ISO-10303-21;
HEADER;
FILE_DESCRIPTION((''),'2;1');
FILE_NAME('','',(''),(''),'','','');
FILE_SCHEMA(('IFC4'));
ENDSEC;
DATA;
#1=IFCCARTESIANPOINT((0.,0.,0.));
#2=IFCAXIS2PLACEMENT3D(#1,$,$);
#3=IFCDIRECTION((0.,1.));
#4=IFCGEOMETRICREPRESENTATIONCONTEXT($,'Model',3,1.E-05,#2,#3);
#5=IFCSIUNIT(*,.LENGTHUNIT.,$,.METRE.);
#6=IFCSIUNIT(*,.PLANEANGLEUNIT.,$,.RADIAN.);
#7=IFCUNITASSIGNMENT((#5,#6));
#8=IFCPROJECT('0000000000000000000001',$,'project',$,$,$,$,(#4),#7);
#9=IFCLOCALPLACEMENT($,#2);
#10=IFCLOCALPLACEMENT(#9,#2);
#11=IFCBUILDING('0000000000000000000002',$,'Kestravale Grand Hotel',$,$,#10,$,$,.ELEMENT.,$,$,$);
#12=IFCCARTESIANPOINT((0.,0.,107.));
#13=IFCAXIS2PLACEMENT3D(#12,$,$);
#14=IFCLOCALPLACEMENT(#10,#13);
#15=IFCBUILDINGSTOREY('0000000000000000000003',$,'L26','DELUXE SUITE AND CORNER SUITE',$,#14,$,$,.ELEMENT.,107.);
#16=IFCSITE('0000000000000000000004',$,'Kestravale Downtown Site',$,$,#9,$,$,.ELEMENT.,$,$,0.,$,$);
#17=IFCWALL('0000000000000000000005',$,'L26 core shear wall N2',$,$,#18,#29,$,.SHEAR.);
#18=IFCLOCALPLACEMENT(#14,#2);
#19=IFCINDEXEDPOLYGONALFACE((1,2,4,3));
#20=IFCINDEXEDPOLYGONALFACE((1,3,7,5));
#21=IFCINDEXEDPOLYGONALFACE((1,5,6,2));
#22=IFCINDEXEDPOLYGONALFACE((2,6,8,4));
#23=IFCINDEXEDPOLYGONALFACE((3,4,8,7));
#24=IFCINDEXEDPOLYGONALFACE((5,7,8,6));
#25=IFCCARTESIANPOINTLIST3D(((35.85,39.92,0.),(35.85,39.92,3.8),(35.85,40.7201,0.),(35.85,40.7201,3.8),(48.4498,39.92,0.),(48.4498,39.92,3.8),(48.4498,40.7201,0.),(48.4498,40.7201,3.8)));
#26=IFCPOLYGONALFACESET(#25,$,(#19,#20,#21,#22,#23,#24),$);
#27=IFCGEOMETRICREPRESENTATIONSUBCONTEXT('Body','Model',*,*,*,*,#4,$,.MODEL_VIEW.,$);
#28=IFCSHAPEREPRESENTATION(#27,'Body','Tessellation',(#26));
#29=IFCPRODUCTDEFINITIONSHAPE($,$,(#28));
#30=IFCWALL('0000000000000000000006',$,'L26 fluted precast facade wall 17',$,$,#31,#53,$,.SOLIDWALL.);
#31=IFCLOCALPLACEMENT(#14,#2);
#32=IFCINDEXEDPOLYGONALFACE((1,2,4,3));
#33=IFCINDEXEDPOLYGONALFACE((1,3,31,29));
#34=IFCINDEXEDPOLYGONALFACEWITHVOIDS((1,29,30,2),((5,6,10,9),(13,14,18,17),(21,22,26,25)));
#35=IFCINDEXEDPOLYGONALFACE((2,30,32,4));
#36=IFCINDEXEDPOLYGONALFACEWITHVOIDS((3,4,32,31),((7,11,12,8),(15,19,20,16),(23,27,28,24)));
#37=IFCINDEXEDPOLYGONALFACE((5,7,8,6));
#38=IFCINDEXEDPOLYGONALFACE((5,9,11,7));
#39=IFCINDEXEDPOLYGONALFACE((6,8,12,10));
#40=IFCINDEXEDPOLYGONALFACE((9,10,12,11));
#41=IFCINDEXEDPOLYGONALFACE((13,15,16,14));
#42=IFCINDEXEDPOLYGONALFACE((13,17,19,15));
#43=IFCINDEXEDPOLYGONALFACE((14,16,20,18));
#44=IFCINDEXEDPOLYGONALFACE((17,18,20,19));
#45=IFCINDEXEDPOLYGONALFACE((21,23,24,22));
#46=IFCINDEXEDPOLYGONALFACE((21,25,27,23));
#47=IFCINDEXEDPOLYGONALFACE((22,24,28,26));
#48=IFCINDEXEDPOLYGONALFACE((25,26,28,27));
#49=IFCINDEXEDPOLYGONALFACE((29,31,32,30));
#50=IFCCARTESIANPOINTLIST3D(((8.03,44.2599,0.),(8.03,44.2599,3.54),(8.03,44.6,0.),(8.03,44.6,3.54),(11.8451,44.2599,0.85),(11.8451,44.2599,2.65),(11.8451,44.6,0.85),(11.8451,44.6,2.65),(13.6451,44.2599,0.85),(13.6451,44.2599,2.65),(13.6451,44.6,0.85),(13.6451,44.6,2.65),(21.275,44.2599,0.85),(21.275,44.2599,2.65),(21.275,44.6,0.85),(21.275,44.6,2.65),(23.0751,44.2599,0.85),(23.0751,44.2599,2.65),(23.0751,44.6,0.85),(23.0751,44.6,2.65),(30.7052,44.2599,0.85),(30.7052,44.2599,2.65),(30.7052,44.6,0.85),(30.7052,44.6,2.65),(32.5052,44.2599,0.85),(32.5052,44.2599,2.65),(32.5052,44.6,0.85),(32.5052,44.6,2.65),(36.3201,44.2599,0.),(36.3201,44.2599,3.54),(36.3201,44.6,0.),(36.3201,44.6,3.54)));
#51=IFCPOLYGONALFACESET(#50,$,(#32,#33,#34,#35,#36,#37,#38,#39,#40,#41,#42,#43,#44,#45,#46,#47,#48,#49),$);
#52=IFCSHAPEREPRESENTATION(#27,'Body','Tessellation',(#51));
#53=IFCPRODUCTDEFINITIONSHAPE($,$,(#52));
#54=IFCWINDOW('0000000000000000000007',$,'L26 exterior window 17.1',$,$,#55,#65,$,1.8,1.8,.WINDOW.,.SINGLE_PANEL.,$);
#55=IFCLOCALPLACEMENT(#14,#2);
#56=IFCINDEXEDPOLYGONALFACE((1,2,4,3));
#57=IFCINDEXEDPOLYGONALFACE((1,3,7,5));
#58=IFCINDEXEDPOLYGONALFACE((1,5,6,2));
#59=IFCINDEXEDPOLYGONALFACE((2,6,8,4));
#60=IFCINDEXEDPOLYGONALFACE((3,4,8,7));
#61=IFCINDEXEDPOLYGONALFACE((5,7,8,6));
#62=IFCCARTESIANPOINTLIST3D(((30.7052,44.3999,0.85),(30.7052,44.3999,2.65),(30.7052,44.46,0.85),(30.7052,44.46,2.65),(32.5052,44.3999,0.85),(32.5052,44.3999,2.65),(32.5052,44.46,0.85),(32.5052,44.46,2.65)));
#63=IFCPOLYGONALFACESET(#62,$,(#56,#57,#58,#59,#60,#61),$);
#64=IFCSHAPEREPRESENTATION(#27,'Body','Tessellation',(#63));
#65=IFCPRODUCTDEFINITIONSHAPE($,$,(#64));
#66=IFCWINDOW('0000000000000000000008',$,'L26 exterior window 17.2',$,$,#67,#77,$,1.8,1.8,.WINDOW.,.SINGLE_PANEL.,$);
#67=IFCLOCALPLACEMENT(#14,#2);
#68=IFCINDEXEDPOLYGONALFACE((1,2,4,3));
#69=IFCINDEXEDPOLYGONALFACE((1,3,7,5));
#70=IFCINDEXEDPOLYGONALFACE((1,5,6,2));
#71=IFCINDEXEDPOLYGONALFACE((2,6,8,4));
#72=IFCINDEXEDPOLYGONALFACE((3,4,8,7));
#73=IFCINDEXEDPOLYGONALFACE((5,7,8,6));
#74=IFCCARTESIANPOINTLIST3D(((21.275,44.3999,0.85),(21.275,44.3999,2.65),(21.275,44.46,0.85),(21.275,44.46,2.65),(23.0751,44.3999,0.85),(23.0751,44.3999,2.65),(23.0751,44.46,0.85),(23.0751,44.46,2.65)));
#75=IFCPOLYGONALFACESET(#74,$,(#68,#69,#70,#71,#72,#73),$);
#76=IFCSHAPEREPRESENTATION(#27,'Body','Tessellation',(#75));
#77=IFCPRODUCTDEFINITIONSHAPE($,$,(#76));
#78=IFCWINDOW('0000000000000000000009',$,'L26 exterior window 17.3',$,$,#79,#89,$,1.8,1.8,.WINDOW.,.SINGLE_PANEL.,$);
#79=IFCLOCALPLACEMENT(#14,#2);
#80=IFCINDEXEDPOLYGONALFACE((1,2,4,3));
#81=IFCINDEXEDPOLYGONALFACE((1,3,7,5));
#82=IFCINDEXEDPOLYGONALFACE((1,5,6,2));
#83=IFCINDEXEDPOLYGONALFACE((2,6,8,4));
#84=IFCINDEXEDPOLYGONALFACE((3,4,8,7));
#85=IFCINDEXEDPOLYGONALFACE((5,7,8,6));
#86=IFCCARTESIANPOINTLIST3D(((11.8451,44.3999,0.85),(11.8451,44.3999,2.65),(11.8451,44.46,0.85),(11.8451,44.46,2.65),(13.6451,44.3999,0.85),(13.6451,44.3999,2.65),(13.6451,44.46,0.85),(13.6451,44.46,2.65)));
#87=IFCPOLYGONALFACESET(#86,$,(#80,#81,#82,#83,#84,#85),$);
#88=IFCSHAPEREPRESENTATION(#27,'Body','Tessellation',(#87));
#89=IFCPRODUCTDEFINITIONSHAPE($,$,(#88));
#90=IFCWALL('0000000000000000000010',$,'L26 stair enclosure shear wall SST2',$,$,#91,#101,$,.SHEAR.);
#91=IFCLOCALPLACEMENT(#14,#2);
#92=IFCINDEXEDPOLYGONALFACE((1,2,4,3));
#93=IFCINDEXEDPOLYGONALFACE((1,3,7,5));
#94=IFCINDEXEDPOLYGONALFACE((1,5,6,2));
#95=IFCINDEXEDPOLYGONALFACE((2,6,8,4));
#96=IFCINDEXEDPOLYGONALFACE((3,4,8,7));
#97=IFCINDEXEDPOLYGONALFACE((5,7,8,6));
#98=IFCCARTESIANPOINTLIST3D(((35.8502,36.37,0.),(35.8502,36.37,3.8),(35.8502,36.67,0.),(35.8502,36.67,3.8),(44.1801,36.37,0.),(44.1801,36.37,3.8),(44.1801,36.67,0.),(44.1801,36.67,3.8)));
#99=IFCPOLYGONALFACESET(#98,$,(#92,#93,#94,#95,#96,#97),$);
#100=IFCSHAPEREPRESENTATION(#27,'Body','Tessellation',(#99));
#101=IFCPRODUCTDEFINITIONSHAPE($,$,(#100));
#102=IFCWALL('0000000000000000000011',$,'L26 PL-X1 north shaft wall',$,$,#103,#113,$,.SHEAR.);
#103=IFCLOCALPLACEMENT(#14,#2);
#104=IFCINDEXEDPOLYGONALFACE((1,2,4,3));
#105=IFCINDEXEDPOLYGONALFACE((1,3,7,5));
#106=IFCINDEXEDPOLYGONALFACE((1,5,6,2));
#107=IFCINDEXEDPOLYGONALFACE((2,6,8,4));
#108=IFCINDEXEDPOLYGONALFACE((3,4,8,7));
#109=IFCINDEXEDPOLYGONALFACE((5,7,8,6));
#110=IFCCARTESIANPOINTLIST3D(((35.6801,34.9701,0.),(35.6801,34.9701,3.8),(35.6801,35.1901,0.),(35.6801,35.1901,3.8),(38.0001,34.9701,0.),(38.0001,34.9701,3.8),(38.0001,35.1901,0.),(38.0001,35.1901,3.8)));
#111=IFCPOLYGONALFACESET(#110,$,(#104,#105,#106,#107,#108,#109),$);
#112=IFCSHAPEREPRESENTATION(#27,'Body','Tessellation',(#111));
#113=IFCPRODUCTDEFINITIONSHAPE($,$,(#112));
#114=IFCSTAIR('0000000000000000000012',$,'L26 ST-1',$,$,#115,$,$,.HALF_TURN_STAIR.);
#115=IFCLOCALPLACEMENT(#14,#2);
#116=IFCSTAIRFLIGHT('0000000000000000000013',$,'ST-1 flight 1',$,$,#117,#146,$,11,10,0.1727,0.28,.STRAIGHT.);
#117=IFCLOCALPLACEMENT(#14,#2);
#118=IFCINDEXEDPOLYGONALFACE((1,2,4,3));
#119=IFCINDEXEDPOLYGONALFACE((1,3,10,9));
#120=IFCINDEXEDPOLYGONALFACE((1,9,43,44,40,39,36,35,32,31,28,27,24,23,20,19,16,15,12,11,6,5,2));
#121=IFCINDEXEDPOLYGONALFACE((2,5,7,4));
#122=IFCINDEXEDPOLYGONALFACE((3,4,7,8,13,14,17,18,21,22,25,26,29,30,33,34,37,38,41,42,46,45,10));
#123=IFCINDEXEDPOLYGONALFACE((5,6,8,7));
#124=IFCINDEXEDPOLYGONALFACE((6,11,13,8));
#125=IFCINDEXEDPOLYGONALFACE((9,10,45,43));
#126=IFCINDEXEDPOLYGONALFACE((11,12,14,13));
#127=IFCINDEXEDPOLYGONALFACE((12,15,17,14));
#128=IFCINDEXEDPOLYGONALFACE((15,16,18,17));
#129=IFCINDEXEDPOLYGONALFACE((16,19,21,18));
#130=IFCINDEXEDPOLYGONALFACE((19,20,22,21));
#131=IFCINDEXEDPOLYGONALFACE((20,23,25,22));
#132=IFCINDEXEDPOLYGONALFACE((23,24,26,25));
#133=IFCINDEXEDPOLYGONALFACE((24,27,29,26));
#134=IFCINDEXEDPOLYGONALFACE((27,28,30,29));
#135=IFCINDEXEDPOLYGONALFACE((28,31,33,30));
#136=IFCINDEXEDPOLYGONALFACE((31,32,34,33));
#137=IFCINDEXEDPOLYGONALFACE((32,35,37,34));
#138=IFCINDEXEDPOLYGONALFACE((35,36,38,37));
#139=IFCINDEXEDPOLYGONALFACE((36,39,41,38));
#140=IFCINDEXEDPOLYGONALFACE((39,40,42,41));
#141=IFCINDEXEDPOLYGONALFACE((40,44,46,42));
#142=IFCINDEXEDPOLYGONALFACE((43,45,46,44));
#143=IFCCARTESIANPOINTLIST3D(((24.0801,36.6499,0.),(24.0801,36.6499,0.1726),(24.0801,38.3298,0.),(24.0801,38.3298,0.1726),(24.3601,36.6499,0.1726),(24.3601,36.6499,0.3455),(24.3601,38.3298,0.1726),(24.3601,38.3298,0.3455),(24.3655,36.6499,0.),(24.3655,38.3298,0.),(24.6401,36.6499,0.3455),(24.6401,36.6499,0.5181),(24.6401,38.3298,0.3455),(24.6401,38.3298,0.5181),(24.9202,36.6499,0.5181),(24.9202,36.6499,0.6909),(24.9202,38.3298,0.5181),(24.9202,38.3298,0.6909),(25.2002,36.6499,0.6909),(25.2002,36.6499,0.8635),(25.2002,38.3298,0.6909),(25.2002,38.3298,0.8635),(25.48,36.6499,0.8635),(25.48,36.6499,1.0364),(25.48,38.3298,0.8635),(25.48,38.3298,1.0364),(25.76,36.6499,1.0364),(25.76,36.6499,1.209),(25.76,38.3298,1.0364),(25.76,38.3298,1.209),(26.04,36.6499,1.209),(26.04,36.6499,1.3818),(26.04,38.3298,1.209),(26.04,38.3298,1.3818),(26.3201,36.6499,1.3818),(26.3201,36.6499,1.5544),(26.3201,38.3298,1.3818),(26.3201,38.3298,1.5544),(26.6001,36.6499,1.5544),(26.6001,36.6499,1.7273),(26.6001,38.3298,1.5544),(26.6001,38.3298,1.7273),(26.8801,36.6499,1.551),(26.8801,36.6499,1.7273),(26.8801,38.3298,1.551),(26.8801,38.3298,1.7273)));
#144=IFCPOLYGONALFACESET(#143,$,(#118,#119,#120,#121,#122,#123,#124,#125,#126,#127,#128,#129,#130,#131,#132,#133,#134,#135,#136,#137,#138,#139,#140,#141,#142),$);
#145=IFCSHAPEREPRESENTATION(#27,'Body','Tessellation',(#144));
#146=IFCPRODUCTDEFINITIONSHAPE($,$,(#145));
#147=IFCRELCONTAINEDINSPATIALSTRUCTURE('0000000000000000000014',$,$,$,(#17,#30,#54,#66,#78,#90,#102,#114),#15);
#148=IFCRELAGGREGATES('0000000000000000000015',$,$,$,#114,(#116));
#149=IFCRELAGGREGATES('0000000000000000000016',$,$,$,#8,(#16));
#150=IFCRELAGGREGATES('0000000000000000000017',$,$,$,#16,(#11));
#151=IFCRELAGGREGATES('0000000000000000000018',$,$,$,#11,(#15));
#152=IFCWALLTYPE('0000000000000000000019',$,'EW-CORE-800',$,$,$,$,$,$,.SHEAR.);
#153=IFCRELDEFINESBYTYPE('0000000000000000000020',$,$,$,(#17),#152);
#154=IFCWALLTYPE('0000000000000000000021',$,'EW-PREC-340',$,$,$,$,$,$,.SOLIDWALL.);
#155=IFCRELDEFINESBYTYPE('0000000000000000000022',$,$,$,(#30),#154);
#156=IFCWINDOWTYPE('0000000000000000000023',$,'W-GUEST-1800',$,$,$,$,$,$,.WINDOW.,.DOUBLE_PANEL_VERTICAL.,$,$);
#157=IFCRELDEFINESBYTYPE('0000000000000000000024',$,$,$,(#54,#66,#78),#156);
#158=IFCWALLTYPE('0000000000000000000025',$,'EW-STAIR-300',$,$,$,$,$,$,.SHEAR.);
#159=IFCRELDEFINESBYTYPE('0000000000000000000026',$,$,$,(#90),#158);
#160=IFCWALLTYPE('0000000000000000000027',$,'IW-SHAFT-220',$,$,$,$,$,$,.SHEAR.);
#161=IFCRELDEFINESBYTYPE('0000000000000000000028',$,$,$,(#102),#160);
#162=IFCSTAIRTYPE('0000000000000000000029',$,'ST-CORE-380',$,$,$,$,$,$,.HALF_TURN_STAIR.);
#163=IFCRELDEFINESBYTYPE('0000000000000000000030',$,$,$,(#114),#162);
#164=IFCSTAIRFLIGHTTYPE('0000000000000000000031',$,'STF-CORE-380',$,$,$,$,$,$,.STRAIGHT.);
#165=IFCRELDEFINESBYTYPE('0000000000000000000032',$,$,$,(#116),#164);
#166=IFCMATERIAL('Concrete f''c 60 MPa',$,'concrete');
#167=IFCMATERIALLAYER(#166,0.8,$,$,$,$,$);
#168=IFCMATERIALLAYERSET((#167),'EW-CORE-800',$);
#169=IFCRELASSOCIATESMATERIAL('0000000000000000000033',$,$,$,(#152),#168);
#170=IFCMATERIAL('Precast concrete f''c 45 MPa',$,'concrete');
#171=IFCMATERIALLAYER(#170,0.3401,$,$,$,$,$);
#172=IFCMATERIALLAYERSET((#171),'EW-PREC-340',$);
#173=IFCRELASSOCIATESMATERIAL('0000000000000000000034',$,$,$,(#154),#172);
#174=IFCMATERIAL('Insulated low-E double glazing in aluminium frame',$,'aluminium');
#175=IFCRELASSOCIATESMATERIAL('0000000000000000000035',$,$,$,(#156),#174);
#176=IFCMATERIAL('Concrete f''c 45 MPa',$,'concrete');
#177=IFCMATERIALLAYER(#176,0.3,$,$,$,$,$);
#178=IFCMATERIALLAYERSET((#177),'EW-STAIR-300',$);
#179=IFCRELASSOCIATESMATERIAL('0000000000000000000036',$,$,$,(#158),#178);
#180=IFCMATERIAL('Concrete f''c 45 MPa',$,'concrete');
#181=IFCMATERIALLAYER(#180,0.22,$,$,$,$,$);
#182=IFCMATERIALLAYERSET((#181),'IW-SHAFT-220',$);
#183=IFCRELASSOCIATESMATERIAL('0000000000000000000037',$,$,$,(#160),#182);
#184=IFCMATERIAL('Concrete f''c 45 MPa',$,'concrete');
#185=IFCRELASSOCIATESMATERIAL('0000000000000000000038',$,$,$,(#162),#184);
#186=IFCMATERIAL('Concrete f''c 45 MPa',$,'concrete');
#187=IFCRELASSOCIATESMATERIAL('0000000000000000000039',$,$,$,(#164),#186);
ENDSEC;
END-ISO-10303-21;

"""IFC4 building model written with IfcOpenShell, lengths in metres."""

from ifc_helpers import new_model, si_unit, direction, frame, frame_2d, origin, place, context, subcontext, project, spatial, polyline, rectangle, outline, extrude, material, layer, layer_set, type_object, element, fill, aggregate, save


model = new_model("IFC4")

# Units and contexts
model_context = context("Model", 3, precision=1e-05, world=origin(), true_north=direction((0.0, 1.0)))
body_context = subcontext(model_context, "Body", "Model", "MODEL_VIEW")
ifc_project = project(units=[si_unit("LENGTHUNIT", "METRE"), si_unit("PLANEANGLEUNIT", "RADIAN")], contexts=[model_context])

# Site, building, storey
site_placement = place(None, origin())
site = spatial("IfcSite", under=ifc_project, at=site_placement, Name="Kestravale Downtown Site", CompositionType="ELEMENT", RefElevation=0.0)
building_placement = place(site_placement, origin())
building = spatial("IfcBuilding", under=site, at=building_placement, Name="Kestravale Grand Hotel", CompositionType="ELEMENT")
storey_placement = place(building_placement, frame((0.0, 0.0, 107.0)))
storey = spatial("IfcBuildingStorey", under=building, at=storey_placement, Name="L26", Description="DELUXE SUITE AND CORNER SUITE", CompositionType="ELEMENT", Elevation=107.0)

# Wall
ifc_material_1 = material(Name="Concrete f'c 60 MPa", Category="concrete")
ifc_layer_1 = layer(ifc_material_1, 0.8)
ifc_layer_set_1 = layer_set([ifc_layer_1], Name="EW-CORE-800")
wall_type_1 = type_object("IfcWallType", Name="EW-CORE-800", PredefinedType="SHEAR", material=ifc_layer_set_1)
wall_1_placement = place(storey_placement, frame((35.8501, 40.3201, 0.0), z_axis=(0.0, 0.0, 1.0), x_axis=(1.0, 0.0, 0.0)))
element("IfcWall", 1, at=wall_1_placement, inside=storey, type_object=wall_type_1, Name="L26 core shear wall N2", PredefinedType="SHEAR", context=body_context, shape_type="SweptSolid", body=[
    extrude(rectangle(XDim=12.5999, YDim=0.8, at=frame_2d((6.2998, 0.0))), origin(), (0.0, 0.0, 1.0), 3.8),
])

# Wall, openings, windows
ifc_material_2 = material(Name="Precast concrete f'c 45 MPa", Category="concrete")
ifc_layer_2 = layer(ifc_material_2, 0.3401)
ifc_layer_set_2 = layer_set([ifc_layer_2], Name="EW-PREC-340")
wall_type_2 = type_object("IfcWallType", Name="EW-PREC-340", PredefinedType="SOLIDWALL", material=ifc_layer_set_2)
wall_2_placement = place(storey_placement, frame((36.3201, 44.4299, 0.0), z_axis=(0.0, 0.0, 1.0), x_axis=(-1.0, 0.0, 0.0)))
wall_2 = element("IfcWall", 2, at=wall_2_placement, inside=storey, type_object=wall_type_2, Name="L26 fluted precast facade wall 17", PredefinedType="SOLIDWALL", context=body_context, shape_type="SweptSolid", body=[
    extrude(rectangle(XDim=28.29, YDim=0.3401, at=frame_2d((14.145, 0.0))), origin(), (0.0, 0.0, 1.0), 3.54),
])
opening_1_placement = place(wall_2_placement, frame((3.8149, 0.0, 0.8501)))
opening_1 = element("IfcOpeningElement", 3, at=opening_1_placement, cuts=wall_2, PredefinedType="OPENING", context=body_context, shape_type="SweptSolid", body=[
    extrude(rectangle(XDim=1.8, YDim=1.8, at=frame_2d((0.8999, 0.8999))), frame((0.0, 0.1799, 0.0), z_axis=(0.0, -1.0, 0.0), x_axis=(1.0, 0.0, 0.0)), (0.0, 0.0, 1.0), 0.3601),
])
opening_2_placement = place(wall_2_placement, frame((13.2451, 0.0, 0.8501)))
opening_2 = element("IfcOpeningElement", 4, at=opening_2_placement, cuts=wall_2, PredefinedType="OPENING", context=body_context, shape_type="SweptSolid", body=[
    extrude(rectangle(XDim=1.8, YDim=1.8, at=frame_2d((0.8999, 0.8999))), frame((0.0, 0.1799, 0.0), z_axis=(0.0, -1.0, 0.0), x_axis=(1.0, 0.0, 0.0)), (0.0, 0.0, 1.0), 0.3601),
])
opening_3_placement = place(wall_2_placement, frame((22.675, 0.0, 0.8501)))
opening_3 = element("IfcOpeningElement", 5, at=opening_3_placement, cuts=wall_2, PredefinedType="OPENING", context=body_context, shape_type="SweptSolid", body=[
    extrude(rectangle(XDim=1.8, YDim=1.8, at=frame_2d((0.8999, 0.8999))), frame((0.0, 0.1799, 0.0), z_axis=(0.0, -1.0, 0.0), x_axis=(1.0, 0.0, 0.0)), (0.0, 0.0, 1.0), 0.3601),
])
ifc_material_3 = material(Name="Insulated low-E double glazing in aluminium frame", Category="aluminium")
window_type = type_object("IfcWindowType", Name="W-GUEST-1800", PartitioningType="DOUBLE_PANEL_VERTICAL", PredefinedType="WINDOW", material=ifc_material_3)
window_1_placement = place(opening_1_placement, origin())
window_1 = element("IfcWindow", 6, at=window_1_placement, inside=storey, type_object=window_type, Name="L26 exterior window 17.1", OverallHeight=1.8, OverallWidth=1.8, PartitioningType="SINGLE_PANEL", PredefinedType="WINDOW", context=body_context, shape_type="SweptSolid", body=[
    extrude(rectangle(XDim=1.8, YDim=1.8, at=frame_2d((0.8999, 0.8999))), frame((0.0, 0.03, 0.0), z_axis=(0.0, -1.0, 0.0), x_axis=(1.0, 0.0, 0.0)), (0.0, 0.0, 1.0), 0.0601),
])
fill(opening_1, window_1)
window_2_placement = place(opening_2_placement, origin())
window_2 = element("IfcWindow", 7, at=window_2_placement, inside=storey, type_object=window_type, Name="L26 exterior window 17.2", OverallHeight=1.8, OverallWidth=1.8, PartitioningType="SINGLE_PANEL", PredefinedType="WINDOW", context=body_context, shape_type="SweptSolid", body=[
    extrude(rectangle(XDim=1.8, YDim=1.8, at=frame_2d((0.8999, 0.8999))), frame((0.0, 0.03, 0.0), z_axis=(0.0, -1.0, 0.0), x_axis=(1.0, 0.0, 0.0)), (0.0, 0.0, 1.0), 0.0601),
])
fill(opening_2, window_2)
window_3_placement = place(opening_3_placement, origin())
window_3 = element("IfcWindow", 8, at=window_3_placement, inside=storey, type_object=window_type, Name="L26 exterior window 17.3", OverallHeight=1.8, OverallWidth=1.8, PartitioningType="SINGLE_PANEL", PredefinedType="WINDOW", context=body_context, shape_type="SweptSolid", body=[
    extrude(rectangle(XDim=1.8, YDim=1.8, at=frame_2d((0.8999, 0.8999))), frame((0.0, 0.03, 0.0), z_axis=(0.0, -1.0, 0.0), x_axis=(1.0, 0.0, 0.0)), (0.0, 0.0, 1.0), 0.0601),
])
fill(opening_3, window_3)

# Wall
ifc_material_4 = material(Name="Concrete f'c 45 MPa", Category="concrete")
ifc_layer_3 = layer(ifc_material_4, 0.3)
ifc_layer_set_3 = layer_set([ifc_layer_3], Name="EW-STAIR-300")
wall_type_3 = type_object("IfcWallType", Name="EW-STAIR-300", PredefinedType="SHEAR", material=ifc_layer_set_3)
wall_3_placement = place(storey_placement, frame((35.8501, 36.52, 0.0), z_axis=(0.0, 0.0, 1.0), x_axis=(1.0, 0.0, 0.0)))
element("IfcWall", 9, at=wall_3_placement, inside=storey, type_object=wall_type_3, Name="L26 stair enclosure shear wall SST2", PredefinedType="SHEAR", context=body_context, shape_type="SweptSolid", body=[
    extrude(rectangle(XDim=8.3298, YDim=0.3, at=frame_2d((4.165, 0.0))), origin(), (0.0, 0.0, 1.0), 3.8),
])

# Wall
ifc_material_5 = material(Name="Concrete f'c 45 MPa", Category="concrete")
ifc_layer_4 = layer(ifc_material_5, 0.22)
ifc_layer_set_4 = layer_set([ifc_layer_4], Name="IW-SHAFT-220")
wall_type_4 = type_object("IfcWallType", Name="IW-SHAFT-220", PredefinedType="SHEAR", material=ifc_layer_set_4)
wall_4_placement = place(storey_placement, frame((35.6799, 35.0801, 0.0), z_axis=(0.0, 0.0, 1.0), x_axis=(1.0, 0.0, 0.0)))
element("IfcWall", 10, at=wall_4_placement, inside=storey, type_object=wall_type_4, Name="L26 PL-X1 north shaft wall", PredefinedType="SHEAR", context=body_context, shape_type="SweptSolid", body=[
    extrude(rectangle(XDim=2.3201, YDim=0.22, at=frame_2d((1.1602, 0.0))), origin(), (0.0, 0.0, 1.0), 3.8),
])

# Stair, stair flight
ifc_material_6 = material(Name="Concrete f'c 45 MPa", Category="concrete")
stair_type = type_object("IfcStairType", Name="ST-CORE-380", PredefinedType="HALF_TURN_STAIR", material=ifc_material_6)
stair_placement = place(storey_placement, origin())
stair = element("IfcStair", 11, at=stair_placement, inside=storey, type_object=stair_type, Name="L26 ST-1", PredefinedType="HALF_TURN_STAIR")
ifc_material_7 = material(Name="Concrete f'c 45 MPa", Category="concrete")
stair_flight_type = type_object("IfcStairFlightType", Name="STF-CORE-380", PredefinedType="STRAIGHT", material=ifc_material_7)
stair_flight_1_placement = place(storey_placement, frame((24.0801, 37.49, 0.0), z_axis=(0.0, 0.0, 1.0), x_axis=(1.0, 0.0, 0.0)))
stair_flight_1 = element("IfcStairFlight", 12, at=stair_flight_1_placement, type_object=stair_flight_type, Name="ST-1 flight 1", NumberOfRisers=11, NumberOfTreads=10, PredefinedType="STRAIGHT", RiserHeight=0.1727, TreadLength=0.28, context=body_context, shape_type="SweptSolid", body=[
    extrude(outline(polyline([(0.0, 0.0), (0.0, 0.1726), (0.28, 0.1726), (0.28, 0.3455), (0.5601, 0.3455), (0.5601, 0.5181), (0.8401, 0.5181), (0.8401, 0.6909), (1.1201, 0.6909), (1.1201, 0.8635), (1.3999, 0.8635), (1.3999, 1.0364), (1.6799, 1.0364), (1.6799, 1.209), (1.96, 1.209), (1.96, 1.3818), (2.24, 1.3818), (2.24, 1.5544), (2.52, 1.5544), (2.52, 1.7273), (2.8, 1.7273), (2.8, 1.8999), (2.8, 1.551), (0.2854, 0.0), (0.0, 0.0)])), frame((0.0, 0.8398, 0.0), z_axis=(0.0, -1.0, 0.0), x_axis=(1.0, 0.0, 0.0)), (0.0, 0.0, 1.0), 1.6799),
])
aggregate(stair, [stair_flight_1])

save(model, "model.ifc")
